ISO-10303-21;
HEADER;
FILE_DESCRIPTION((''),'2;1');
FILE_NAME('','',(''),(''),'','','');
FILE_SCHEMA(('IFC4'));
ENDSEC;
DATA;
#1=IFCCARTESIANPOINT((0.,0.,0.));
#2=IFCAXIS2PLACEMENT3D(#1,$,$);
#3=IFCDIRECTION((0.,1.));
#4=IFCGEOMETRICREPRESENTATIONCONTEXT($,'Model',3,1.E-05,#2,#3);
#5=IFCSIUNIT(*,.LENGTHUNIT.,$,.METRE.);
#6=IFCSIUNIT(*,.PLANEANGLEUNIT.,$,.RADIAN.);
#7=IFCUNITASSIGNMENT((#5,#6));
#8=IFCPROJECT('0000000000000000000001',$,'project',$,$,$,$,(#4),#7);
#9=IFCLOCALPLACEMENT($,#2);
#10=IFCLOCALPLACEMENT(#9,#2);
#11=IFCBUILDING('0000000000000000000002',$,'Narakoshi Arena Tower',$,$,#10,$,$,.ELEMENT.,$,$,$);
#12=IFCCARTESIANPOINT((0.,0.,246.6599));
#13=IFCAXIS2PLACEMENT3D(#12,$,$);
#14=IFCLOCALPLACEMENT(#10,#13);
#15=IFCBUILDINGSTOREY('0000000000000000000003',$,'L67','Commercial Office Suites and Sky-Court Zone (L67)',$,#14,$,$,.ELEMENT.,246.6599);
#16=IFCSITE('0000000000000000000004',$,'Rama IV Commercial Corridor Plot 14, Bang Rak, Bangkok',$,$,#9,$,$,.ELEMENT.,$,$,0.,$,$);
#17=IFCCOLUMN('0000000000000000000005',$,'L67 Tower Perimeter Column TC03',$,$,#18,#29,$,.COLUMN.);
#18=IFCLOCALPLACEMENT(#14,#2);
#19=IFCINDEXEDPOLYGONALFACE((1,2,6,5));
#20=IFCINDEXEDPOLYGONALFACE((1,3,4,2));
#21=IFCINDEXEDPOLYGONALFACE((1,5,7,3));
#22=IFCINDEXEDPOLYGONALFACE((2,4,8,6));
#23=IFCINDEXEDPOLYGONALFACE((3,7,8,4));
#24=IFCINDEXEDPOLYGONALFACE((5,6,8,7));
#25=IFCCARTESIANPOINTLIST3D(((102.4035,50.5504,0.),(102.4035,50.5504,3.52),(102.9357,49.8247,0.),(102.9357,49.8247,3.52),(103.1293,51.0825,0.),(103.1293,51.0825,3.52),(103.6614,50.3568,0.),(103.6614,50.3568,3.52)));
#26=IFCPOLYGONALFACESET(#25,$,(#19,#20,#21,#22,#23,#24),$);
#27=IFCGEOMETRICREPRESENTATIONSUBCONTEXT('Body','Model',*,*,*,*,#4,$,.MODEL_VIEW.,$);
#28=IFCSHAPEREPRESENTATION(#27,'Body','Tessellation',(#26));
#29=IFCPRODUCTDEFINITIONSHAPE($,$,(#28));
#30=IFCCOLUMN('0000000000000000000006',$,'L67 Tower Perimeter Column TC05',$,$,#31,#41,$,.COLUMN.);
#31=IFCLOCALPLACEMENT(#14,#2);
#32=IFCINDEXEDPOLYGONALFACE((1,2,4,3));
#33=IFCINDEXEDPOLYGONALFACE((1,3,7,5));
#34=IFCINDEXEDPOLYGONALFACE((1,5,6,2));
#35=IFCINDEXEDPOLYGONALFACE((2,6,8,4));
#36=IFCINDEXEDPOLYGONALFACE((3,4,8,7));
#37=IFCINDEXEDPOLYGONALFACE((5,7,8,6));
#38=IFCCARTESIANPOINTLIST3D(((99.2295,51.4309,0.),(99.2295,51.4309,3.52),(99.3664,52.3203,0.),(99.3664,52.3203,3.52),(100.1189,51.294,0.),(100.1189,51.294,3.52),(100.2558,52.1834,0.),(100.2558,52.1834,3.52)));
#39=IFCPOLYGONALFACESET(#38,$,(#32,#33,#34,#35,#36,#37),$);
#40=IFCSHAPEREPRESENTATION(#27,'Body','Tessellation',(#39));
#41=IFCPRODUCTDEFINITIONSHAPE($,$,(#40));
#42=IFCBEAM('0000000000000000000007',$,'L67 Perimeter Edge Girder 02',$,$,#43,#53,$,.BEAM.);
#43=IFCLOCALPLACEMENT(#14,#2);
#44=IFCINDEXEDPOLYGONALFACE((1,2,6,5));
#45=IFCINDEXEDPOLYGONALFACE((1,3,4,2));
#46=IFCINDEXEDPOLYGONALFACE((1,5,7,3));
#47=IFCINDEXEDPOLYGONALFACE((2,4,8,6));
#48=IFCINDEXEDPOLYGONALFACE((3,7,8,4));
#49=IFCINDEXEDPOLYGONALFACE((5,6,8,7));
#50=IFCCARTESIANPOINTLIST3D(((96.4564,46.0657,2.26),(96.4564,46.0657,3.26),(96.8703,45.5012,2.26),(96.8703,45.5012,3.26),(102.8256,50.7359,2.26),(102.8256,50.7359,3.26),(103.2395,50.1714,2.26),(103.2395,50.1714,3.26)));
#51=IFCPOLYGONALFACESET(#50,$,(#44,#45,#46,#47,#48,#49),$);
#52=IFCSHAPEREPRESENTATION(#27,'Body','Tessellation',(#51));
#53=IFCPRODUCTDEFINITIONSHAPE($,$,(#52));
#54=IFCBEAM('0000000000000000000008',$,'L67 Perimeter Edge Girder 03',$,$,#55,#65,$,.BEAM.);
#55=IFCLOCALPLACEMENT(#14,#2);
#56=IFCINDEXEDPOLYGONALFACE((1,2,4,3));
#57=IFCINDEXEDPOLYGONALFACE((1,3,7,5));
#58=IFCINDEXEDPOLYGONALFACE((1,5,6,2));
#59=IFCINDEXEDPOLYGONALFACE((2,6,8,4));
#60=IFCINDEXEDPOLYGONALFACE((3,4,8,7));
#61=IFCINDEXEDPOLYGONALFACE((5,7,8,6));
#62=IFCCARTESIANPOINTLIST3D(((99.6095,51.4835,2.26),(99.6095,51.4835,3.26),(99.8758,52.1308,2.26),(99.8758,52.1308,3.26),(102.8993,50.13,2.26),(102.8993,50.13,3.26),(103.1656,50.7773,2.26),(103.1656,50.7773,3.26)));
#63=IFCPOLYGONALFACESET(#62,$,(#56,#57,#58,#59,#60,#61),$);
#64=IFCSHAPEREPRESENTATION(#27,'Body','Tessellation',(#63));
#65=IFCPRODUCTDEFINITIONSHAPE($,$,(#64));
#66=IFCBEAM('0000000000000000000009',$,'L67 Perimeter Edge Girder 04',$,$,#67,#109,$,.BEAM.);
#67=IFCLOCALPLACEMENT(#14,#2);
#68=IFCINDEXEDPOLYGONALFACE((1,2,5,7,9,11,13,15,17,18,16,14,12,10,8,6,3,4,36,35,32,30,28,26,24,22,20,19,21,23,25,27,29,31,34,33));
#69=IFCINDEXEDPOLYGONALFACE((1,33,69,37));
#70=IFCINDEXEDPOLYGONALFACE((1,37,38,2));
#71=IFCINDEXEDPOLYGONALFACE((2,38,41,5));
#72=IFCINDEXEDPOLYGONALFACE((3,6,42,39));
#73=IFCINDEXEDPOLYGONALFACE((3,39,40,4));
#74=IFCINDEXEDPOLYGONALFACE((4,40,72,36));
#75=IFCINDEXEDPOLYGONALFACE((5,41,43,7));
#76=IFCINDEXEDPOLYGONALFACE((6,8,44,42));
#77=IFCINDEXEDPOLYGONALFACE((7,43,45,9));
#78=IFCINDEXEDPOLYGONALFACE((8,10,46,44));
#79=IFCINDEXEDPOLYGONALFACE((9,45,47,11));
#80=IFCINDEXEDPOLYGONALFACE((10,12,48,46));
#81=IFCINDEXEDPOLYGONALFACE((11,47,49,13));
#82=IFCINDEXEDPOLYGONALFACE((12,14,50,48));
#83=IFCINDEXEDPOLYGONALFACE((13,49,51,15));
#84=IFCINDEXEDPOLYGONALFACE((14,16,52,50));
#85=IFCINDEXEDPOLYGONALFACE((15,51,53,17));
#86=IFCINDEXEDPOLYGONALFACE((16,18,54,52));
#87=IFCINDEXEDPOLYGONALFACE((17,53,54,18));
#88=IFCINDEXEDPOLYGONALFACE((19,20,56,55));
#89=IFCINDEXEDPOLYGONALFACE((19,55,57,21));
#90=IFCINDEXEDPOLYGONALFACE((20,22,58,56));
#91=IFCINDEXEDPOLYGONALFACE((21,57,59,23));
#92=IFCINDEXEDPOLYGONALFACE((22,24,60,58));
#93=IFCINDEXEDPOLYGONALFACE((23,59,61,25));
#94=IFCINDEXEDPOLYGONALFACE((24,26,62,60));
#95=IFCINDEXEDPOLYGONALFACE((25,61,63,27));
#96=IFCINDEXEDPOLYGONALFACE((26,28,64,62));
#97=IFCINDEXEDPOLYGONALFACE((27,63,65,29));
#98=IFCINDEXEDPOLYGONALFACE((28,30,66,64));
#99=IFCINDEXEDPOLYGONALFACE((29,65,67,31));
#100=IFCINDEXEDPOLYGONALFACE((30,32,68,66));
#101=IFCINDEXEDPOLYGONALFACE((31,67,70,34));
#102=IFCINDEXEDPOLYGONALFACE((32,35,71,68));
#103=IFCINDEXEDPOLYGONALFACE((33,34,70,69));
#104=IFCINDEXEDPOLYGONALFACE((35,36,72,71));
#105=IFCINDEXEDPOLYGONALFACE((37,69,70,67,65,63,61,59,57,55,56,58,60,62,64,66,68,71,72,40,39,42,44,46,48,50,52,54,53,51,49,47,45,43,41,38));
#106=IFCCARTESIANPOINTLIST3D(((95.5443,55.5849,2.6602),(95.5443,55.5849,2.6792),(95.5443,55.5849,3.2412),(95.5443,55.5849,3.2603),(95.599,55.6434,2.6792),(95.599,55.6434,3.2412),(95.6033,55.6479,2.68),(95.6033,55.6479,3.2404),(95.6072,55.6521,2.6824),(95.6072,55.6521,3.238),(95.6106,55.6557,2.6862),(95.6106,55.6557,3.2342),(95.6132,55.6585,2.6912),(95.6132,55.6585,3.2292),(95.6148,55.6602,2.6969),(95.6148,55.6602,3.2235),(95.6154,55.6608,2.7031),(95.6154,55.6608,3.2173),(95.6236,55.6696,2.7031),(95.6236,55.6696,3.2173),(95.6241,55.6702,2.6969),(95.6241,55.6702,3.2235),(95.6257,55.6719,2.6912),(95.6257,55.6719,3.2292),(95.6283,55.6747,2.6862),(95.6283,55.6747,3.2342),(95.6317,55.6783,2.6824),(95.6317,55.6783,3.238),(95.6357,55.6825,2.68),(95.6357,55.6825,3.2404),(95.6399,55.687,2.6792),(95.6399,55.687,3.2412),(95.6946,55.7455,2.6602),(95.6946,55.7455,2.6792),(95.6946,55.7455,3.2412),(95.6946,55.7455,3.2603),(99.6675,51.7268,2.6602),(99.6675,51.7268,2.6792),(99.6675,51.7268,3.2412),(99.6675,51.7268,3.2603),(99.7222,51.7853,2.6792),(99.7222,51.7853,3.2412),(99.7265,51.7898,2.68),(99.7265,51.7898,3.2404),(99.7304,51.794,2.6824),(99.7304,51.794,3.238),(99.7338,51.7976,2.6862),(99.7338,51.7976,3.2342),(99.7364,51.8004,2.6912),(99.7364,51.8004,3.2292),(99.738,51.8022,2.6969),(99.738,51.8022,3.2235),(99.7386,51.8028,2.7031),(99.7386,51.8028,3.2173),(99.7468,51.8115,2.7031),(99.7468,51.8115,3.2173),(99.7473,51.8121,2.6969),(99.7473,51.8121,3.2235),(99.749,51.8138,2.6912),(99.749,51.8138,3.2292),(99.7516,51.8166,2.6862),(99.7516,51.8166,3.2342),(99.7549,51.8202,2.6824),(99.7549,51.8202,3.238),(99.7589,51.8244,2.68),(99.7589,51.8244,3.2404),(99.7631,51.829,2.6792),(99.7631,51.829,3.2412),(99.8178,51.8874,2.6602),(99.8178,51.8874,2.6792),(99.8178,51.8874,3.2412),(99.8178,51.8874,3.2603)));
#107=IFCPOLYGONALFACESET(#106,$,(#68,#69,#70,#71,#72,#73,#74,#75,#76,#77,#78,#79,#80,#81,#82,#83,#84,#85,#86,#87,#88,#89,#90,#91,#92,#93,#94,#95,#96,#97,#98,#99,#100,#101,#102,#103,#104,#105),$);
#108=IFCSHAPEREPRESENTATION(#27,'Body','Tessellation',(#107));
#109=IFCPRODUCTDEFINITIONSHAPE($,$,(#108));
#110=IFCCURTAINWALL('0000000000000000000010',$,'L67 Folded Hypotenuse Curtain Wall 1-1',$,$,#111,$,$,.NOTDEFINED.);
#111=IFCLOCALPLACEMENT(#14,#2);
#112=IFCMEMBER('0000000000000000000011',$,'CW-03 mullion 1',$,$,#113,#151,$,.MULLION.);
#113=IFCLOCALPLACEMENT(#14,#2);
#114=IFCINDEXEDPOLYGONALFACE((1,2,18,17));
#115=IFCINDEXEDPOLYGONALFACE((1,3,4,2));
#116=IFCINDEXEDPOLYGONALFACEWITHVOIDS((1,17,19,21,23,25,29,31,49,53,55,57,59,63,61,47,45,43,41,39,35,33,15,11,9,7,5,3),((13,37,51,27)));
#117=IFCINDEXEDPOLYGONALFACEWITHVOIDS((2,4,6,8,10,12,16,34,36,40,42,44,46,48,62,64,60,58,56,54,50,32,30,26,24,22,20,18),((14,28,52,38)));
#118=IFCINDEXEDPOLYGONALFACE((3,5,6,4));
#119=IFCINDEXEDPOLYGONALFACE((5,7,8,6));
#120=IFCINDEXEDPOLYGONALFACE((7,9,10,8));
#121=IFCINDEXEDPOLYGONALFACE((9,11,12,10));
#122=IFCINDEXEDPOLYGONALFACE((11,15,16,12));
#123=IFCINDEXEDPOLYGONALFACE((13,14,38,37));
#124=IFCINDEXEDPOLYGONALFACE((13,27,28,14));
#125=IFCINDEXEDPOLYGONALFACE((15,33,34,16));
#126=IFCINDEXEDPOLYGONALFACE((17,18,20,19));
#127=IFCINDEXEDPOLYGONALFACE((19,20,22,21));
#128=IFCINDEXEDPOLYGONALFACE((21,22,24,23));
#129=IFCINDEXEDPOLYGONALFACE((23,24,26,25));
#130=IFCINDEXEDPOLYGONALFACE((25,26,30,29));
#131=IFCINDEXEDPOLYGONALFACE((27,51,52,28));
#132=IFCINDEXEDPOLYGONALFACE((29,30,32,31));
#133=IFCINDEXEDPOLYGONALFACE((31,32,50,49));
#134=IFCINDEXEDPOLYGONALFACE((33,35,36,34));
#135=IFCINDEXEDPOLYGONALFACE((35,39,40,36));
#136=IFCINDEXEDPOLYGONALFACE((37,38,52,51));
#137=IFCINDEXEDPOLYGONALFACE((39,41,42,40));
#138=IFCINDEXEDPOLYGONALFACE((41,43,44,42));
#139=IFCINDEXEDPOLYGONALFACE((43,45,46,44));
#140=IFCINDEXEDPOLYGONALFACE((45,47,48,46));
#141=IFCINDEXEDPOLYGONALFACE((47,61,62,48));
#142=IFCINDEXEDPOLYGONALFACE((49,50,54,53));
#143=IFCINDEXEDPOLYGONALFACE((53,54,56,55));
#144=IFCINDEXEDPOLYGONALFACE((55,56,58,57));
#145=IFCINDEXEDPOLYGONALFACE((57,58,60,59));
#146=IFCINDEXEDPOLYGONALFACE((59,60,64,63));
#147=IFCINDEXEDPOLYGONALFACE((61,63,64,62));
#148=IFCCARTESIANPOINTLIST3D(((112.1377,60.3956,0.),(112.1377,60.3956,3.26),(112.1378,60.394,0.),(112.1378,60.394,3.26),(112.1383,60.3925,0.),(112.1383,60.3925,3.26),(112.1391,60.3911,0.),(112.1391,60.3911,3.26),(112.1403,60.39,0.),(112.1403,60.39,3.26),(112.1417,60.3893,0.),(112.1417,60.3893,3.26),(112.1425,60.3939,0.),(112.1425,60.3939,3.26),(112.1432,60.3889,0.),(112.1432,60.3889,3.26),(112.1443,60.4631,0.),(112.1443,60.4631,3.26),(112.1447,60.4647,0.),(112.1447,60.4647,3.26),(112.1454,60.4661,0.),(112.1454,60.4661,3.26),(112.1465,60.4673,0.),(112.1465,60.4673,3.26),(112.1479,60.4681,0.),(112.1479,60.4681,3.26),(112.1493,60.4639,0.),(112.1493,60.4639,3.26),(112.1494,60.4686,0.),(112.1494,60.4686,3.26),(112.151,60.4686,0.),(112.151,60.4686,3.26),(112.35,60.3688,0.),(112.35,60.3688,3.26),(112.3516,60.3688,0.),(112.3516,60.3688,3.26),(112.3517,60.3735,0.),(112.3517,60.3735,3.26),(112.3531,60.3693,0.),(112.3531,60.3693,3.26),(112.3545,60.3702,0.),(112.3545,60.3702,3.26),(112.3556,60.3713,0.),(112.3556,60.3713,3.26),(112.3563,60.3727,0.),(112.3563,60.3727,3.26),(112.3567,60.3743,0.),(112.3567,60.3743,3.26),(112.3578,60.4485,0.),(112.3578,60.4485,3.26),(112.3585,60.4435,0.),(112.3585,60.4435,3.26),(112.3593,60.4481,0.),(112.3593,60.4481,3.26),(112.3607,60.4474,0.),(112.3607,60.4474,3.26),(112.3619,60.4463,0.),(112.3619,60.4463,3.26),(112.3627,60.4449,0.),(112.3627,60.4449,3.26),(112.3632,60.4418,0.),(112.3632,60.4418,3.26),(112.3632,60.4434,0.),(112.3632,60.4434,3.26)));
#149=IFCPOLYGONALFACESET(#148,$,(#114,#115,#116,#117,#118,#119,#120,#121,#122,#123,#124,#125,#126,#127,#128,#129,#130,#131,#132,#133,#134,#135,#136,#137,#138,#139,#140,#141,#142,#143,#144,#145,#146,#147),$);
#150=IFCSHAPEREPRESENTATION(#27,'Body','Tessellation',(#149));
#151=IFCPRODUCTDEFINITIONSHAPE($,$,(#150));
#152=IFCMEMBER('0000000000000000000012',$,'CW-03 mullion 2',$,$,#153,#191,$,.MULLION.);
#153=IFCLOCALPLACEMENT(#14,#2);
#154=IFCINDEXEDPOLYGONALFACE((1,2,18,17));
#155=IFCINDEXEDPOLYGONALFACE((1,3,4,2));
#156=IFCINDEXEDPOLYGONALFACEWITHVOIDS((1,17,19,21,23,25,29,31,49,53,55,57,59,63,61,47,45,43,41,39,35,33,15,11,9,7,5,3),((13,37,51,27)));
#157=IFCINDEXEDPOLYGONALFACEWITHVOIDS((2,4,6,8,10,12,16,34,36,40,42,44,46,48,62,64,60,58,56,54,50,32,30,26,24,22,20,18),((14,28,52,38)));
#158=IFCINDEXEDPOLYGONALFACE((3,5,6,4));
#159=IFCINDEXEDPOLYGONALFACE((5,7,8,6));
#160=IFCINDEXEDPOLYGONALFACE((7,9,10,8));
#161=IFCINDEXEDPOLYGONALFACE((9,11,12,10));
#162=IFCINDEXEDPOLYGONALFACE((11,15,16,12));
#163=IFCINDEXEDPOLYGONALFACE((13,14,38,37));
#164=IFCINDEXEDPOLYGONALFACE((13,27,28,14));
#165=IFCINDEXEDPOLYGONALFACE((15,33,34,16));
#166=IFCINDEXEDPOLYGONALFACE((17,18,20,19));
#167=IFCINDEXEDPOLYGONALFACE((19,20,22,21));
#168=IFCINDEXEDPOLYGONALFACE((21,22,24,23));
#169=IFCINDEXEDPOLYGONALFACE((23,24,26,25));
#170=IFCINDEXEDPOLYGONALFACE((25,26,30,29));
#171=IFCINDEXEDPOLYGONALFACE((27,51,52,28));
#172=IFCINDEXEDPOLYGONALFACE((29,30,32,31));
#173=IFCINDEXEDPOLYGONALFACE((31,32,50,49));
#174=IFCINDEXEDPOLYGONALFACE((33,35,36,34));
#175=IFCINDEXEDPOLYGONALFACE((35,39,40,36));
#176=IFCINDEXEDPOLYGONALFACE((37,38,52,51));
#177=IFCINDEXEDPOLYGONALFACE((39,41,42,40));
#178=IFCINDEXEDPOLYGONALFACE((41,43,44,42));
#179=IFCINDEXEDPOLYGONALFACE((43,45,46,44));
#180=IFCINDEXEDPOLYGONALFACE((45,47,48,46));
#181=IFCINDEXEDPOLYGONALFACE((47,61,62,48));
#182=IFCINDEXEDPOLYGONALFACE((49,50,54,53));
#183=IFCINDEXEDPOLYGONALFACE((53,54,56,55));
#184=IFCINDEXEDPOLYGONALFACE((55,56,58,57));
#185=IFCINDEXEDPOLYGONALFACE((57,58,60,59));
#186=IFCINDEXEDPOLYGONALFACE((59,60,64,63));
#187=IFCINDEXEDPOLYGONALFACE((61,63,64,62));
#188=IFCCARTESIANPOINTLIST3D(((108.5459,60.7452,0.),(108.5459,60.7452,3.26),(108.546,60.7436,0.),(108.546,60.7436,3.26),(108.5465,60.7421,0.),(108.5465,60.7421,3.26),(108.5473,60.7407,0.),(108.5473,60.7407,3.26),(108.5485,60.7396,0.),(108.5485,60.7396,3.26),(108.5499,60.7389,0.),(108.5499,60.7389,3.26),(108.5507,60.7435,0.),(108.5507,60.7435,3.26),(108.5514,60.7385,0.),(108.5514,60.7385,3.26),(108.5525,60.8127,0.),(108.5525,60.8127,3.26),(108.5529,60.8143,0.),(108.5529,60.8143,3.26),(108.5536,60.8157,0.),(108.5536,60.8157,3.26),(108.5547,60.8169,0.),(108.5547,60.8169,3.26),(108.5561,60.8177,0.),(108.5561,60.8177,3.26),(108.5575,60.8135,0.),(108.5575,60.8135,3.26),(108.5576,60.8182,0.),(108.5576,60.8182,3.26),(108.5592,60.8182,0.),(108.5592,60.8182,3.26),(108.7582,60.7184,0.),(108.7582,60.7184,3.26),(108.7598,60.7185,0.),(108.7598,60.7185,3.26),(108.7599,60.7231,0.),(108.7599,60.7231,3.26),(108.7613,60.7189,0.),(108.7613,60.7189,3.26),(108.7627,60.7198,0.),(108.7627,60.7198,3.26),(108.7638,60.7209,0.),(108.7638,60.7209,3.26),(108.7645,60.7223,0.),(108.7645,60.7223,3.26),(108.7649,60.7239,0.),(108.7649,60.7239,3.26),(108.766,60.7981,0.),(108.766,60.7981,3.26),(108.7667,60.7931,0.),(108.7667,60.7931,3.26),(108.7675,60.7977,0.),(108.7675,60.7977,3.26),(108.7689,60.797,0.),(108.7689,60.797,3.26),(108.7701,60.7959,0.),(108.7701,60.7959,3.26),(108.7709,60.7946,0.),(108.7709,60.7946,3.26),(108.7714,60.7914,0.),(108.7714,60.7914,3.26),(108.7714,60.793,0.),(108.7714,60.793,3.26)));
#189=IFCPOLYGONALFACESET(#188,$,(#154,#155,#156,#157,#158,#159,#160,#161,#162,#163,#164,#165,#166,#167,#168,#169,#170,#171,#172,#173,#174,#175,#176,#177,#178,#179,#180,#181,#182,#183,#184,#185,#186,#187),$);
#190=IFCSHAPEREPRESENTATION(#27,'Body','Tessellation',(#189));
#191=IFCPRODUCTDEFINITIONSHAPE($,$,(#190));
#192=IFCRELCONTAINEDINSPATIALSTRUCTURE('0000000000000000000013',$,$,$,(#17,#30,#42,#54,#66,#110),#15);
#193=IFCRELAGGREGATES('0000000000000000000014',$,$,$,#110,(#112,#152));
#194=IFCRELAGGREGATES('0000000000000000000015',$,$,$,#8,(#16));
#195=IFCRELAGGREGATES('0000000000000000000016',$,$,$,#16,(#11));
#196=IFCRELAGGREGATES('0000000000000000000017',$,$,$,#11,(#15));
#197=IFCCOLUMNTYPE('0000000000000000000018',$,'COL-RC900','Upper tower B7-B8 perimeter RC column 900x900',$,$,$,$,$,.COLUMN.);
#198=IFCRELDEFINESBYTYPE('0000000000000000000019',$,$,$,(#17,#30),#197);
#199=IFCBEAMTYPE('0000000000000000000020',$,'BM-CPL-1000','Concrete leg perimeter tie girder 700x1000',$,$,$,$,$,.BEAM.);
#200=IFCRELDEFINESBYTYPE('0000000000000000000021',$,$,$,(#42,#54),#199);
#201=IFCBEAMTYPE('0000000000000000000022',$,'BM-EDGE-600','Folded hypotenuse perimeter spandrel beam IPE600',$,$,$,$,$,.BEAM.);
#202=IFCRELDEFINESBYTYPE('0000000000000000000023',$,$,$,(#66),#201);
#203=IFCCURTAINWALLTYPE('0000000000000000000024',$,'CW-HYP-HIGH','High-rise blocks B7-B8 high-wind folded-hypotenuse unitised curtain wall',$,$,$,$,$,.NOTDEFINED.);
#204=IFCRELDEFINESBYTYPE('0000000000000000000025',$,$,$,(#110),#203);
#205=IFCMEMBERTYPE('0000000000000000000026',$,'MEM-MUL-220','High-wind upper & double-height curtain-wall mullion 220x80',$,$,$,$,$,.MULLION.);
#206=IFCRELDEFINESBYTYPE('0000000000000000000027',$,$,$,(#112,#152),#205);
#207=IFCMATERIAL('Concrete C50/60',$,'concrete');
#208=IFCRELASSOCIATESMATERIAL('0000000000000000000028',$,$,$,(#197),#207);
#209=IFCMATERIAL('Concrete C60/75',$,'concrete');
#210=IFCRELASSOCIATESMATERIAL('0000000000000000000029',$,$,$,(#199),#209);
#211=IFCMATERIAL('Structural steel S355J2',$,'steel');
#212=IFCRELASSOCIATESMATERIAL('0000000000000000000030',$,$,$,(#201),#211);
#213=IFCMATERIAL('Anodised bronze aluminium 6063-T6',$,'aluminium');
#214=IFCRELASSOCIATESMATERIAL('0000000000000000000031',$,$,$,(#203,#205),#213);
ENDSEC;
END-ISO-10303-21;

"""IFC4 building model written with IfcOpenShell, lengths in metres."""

from ifc_helpers import new_model, si_unit, direction, frame, origin, origin_2d, place, context, subcontext, project, spatial, rectangle, hollow_rectangle, i_section, extrude, material, material_profile, profile_set, type_object, element, aggregate, save


model = new_model("IFC4")

# Units and contexts
model_context = context("Model", 3, precision=1e-05, world=origin(), true_north=direction((0.0, 1.0)))
body_context = subcontext(model_context, "Body", "Model", "MODEL_VIEW")
ifc_project = project(units=[si_unit("LENGTHUNIT", "METRE"), si_unit("PLANEANGLEUNIT", "RADIAN")], contexts=[model_context])

# Site, building, storey
site_placement = place(None, origin())
site = spatial("IfcSite", under=ifc_project, at=site_placement, Name="Rama IV Commercial Corridor Plot 14, Bang Rak, Bangkok", CompositionType="ELEMENT", RefElevation=0.0)
building_placement = place(site_placement, origin())
building = spatial("IfcBuilding", under=site, at=building_placement, Name="Narakoshi Arena Tower", CompositionType="ELEMENT")
storey_placement = place(building_placement, frame((0.0, 0.0, 246.6599)))
storey = spatial("IfcBuildingStorey", under=building, at=storey_placement, Name="L67", Description="Commercial Office Suites and Sky-Court Zone (L67)", CompositionType="ELEMENT", Elevation=246.6599)

# Columns
ifc_material_1 = material(Name="Concrete C50/60", Category="concrete")
ifc_material_profile_1 = material_profile(ifc_material_1, rectangle(XDim=0.8999, YDim=0.8999, at=origin_2d()), Name="RC900x900")
ifc_profile_set_1 = profile_set([ifc_material_profile_1], Name="Concrete C50/60")
column_type = type_object("IfcColumnType", Name="COL-RC900", Description="Upper tower B7-B8 perimeter RC column 900x900", PredefinedType="COLUMN", material=ifc_profile_set_1)
for number, where, z_axis, x_axis, name in (
    (1, (103.0325, 50.4536, 0.0), (0.0, 0.0, 1.0), (0.806445, 0.59131, 0.0), "L67 Tower Perimeter Column TC03"),
    (2, (99.7427, 51.8071, 0.0), (0.0, 0.0, 1.0), (0.152123, 0.988362, 0.0), "L67 Tower Perimeter Column TC05"),
):
    element("IfcColumn", number, at=place(storey_placement, frame(where, z_axis=z_axis, x_axis=x_axis)), inside=storey, type_object=column_type, Name=name, PredefinedType="COLUMN", context=body_context, shape_type="SweptSolid", body=[
        extrude(rectangle(XDim=0.8999, YDim=0.8999, at=origin_2d()), origin(), (0.0, 0.0, 1.0), 3.52),
    ])

# Beams
ifc_material_2 = material(Name="Concrete C60/75", Category="concrete")
ifc_material_profile_2 = material_profile(ifc_material_2, rectangle(XDim=0.7, YDim=1.0, at=origin_2d()), Name="RCB700x1000")
ifc_profile_set_2 = profile_set([ifc_material_profile_2], Name="Concrete C60/75")
beam_type_1 = type_object("IfcBeamType", Name="BM-CPL-1000", Description="Concrete leg perimeter tie girder 700x1000", PredefinedType="BEAM", material=ifc_profile_set_2)
beam_1_placement = place(storey_placement, frame((96.6633, 45.7834, 2.76), z_axis=(0.806437, 0.591319, 0.0), x_axis=(-0.591319, 0.806437, 0.0)))
element("IfcBeam", 3, at=beam_1_placement, inside=storey, type_object=beam_type_1, Name="L67 Perimeter Edge Girder 02", PredefinedType="BEAM", context=body_context, shape_type="SweptSolid", body=[
    extrude(rectangle(XDim=0.7, YDim=1.0, at=origin_2d()), origin(), (0.0, 0.0, 1.0), 7.8979),
])
beam_2_placement = place(storey_placement, frame((103.0325, 50.4536, 2.76), z_axis=(-0.924788, 0.380484, 0.0), x_axis=(-0.380484, -0.924788, 0.0)))
element("IfcBeam", 4, at=beam_2_placement, inside=storey, type_object=beam_type_1, Name="L67 Perimeter Edge Girder 03", PredefinedType="BEAM", context=body_context, shape_type="SweptSolid", body=[
    extrude(rectangle(XDim=0.7, YDim=1.0, at=origin_2d()), origin(), (0.0, 0.0, 1.0), 3.5574),
])
ifc_material_3 = material(Name="Structural steel S355J2", Category="steel")
ifc_material_profile_3 = material_profile(ifc_material_3, i_section(OverallWidth=0.22, OverallDepth=0.6001, WebThickness=0.012, FlangeThickness=0.019, FilletRadius=0.0239, at=origin_2d()), Name="IPE600")
ifc_profile_set_3 = profile_set([ifc_material_profile_3], Name="Structural steel S355J2")
beam_type_2 = type_object("IfcBeamType", Name="BM-EDGE-600", Description="Folded hypotenuse perimeter spandrel beam IPE600", PredefinedType="BEAM", material=ifc_profile_set_3)
beam_3_placement = place(storey_placement, frame((99.7427, 51.8071, 2.9602), z_axis=(-0.730193, 0.68324, 0.0), x_axis=(-0.68324, -0.730193, 0.0)))
element("IfcBeam", 5, at=beam_3_placement, inside=storey, type_object=beam_type_2, Name="L67 Perimeter Edge Girder 04", PredefinedType="BEAM", context=body_context, shape_type="SweptSolid", body=[
    extrude(i_section(OverallWidth=0.22, OverallDepth=0.6001, WebThickness=0.012, FlangeThickness=0.019, FilletRadius=0.0239, at=origin_2d()), origin(), (0.0, 0.0, 1.0), 5.6467),
])

# Curtain wall, members
ifc_material_4 = material(Name="Anodised bronze aluminium 6063-T6", Category="aluminium")
curtain_wall_type = type_object("IfcCurtainWallType", Name="CW-HYP-HIGH", Description="High-rise blocks B7-B8 high-wind folded-hypotenuse unitised curtain wall", PredefinedType="NOTDEFINED", material=ifc_material_4)
curtain_wall_placement = place(storey_placement, origin())
curtain_wall = element("IfcCurtainWall", 6, at=curtain_wall_placement, inside=storey, type_object=curtain_wall_type, Name="L67 Folded Hypotenuse Curtain Wall 1-1", PredefinedType="NOTDEFINED")
ifc_material_profile_4 = material_profile(ifc_material_4, hollow_rectangle(XDim=0.0801, YDim=0.22, WallThickness=0.0049, OuterFilletRadius=0.0061, at=origin_2d()), Name="MUL220x80x5")
ifc_profile_set_4 = profile_set([ifc_material_profile_4], Name="Anodised bronze aluminium 6063-T6")
member_type_1 = type_object("IfcMemberType", Name="MEM-MUL-220", Description="High-wind upper & double-height curtain-wall mullion 220x80", PredefinedType="MULLION", material=ifc_profile_set_4)
member_1_placement = place(storey_placement, frame((112.2505, 60.4187, 0.0), z_axis=(0.0, 0.0, 1.0), x_axis=(-0.096851, -0.995299, 0.0)))
member_1 = element("IfcMember", 7, at=member_1_placement, type_object=member_type_1, Name="CW-03 mullion 1", PredefinedType="MULLION", context=body_context, shape_type="SweptSolid", body=[
    extrude(hollow_rectangle(XDim=0.0801, YDim=0.22, WallThickness=0.0049, OuterFilletRadius=0.0061, at=origin_2d()), origin(), (0.0, 0.0, 1.0), 3.26),
])
member_2_placement = place(storey_placement, frame((108.6587, 60.7683, 0.0), z_axis=(0.0, 0.0, 1.0), x_axis=(-0.096851, -0.995299, 0.0)))
member_2 = element("IfcMember", 8, at=member_2_placement, type_object=member_type_1, Name="CW-03 mullion 2", PredefinedType="MULLION", context=body_context, shape_type="SweptSolid", body=[
    extrude(hollow_rectangle(XDim=0.0801, YDim=0.22, WallThickness=0.0049, OuterFilletRadius=0.0061, at=origin_2d()), origin(), (0.0, 0.0, 1.0), 3.26),
])
aggregate(curtain_wall, [member_1, member_2])

save(model, "model.ifc")
